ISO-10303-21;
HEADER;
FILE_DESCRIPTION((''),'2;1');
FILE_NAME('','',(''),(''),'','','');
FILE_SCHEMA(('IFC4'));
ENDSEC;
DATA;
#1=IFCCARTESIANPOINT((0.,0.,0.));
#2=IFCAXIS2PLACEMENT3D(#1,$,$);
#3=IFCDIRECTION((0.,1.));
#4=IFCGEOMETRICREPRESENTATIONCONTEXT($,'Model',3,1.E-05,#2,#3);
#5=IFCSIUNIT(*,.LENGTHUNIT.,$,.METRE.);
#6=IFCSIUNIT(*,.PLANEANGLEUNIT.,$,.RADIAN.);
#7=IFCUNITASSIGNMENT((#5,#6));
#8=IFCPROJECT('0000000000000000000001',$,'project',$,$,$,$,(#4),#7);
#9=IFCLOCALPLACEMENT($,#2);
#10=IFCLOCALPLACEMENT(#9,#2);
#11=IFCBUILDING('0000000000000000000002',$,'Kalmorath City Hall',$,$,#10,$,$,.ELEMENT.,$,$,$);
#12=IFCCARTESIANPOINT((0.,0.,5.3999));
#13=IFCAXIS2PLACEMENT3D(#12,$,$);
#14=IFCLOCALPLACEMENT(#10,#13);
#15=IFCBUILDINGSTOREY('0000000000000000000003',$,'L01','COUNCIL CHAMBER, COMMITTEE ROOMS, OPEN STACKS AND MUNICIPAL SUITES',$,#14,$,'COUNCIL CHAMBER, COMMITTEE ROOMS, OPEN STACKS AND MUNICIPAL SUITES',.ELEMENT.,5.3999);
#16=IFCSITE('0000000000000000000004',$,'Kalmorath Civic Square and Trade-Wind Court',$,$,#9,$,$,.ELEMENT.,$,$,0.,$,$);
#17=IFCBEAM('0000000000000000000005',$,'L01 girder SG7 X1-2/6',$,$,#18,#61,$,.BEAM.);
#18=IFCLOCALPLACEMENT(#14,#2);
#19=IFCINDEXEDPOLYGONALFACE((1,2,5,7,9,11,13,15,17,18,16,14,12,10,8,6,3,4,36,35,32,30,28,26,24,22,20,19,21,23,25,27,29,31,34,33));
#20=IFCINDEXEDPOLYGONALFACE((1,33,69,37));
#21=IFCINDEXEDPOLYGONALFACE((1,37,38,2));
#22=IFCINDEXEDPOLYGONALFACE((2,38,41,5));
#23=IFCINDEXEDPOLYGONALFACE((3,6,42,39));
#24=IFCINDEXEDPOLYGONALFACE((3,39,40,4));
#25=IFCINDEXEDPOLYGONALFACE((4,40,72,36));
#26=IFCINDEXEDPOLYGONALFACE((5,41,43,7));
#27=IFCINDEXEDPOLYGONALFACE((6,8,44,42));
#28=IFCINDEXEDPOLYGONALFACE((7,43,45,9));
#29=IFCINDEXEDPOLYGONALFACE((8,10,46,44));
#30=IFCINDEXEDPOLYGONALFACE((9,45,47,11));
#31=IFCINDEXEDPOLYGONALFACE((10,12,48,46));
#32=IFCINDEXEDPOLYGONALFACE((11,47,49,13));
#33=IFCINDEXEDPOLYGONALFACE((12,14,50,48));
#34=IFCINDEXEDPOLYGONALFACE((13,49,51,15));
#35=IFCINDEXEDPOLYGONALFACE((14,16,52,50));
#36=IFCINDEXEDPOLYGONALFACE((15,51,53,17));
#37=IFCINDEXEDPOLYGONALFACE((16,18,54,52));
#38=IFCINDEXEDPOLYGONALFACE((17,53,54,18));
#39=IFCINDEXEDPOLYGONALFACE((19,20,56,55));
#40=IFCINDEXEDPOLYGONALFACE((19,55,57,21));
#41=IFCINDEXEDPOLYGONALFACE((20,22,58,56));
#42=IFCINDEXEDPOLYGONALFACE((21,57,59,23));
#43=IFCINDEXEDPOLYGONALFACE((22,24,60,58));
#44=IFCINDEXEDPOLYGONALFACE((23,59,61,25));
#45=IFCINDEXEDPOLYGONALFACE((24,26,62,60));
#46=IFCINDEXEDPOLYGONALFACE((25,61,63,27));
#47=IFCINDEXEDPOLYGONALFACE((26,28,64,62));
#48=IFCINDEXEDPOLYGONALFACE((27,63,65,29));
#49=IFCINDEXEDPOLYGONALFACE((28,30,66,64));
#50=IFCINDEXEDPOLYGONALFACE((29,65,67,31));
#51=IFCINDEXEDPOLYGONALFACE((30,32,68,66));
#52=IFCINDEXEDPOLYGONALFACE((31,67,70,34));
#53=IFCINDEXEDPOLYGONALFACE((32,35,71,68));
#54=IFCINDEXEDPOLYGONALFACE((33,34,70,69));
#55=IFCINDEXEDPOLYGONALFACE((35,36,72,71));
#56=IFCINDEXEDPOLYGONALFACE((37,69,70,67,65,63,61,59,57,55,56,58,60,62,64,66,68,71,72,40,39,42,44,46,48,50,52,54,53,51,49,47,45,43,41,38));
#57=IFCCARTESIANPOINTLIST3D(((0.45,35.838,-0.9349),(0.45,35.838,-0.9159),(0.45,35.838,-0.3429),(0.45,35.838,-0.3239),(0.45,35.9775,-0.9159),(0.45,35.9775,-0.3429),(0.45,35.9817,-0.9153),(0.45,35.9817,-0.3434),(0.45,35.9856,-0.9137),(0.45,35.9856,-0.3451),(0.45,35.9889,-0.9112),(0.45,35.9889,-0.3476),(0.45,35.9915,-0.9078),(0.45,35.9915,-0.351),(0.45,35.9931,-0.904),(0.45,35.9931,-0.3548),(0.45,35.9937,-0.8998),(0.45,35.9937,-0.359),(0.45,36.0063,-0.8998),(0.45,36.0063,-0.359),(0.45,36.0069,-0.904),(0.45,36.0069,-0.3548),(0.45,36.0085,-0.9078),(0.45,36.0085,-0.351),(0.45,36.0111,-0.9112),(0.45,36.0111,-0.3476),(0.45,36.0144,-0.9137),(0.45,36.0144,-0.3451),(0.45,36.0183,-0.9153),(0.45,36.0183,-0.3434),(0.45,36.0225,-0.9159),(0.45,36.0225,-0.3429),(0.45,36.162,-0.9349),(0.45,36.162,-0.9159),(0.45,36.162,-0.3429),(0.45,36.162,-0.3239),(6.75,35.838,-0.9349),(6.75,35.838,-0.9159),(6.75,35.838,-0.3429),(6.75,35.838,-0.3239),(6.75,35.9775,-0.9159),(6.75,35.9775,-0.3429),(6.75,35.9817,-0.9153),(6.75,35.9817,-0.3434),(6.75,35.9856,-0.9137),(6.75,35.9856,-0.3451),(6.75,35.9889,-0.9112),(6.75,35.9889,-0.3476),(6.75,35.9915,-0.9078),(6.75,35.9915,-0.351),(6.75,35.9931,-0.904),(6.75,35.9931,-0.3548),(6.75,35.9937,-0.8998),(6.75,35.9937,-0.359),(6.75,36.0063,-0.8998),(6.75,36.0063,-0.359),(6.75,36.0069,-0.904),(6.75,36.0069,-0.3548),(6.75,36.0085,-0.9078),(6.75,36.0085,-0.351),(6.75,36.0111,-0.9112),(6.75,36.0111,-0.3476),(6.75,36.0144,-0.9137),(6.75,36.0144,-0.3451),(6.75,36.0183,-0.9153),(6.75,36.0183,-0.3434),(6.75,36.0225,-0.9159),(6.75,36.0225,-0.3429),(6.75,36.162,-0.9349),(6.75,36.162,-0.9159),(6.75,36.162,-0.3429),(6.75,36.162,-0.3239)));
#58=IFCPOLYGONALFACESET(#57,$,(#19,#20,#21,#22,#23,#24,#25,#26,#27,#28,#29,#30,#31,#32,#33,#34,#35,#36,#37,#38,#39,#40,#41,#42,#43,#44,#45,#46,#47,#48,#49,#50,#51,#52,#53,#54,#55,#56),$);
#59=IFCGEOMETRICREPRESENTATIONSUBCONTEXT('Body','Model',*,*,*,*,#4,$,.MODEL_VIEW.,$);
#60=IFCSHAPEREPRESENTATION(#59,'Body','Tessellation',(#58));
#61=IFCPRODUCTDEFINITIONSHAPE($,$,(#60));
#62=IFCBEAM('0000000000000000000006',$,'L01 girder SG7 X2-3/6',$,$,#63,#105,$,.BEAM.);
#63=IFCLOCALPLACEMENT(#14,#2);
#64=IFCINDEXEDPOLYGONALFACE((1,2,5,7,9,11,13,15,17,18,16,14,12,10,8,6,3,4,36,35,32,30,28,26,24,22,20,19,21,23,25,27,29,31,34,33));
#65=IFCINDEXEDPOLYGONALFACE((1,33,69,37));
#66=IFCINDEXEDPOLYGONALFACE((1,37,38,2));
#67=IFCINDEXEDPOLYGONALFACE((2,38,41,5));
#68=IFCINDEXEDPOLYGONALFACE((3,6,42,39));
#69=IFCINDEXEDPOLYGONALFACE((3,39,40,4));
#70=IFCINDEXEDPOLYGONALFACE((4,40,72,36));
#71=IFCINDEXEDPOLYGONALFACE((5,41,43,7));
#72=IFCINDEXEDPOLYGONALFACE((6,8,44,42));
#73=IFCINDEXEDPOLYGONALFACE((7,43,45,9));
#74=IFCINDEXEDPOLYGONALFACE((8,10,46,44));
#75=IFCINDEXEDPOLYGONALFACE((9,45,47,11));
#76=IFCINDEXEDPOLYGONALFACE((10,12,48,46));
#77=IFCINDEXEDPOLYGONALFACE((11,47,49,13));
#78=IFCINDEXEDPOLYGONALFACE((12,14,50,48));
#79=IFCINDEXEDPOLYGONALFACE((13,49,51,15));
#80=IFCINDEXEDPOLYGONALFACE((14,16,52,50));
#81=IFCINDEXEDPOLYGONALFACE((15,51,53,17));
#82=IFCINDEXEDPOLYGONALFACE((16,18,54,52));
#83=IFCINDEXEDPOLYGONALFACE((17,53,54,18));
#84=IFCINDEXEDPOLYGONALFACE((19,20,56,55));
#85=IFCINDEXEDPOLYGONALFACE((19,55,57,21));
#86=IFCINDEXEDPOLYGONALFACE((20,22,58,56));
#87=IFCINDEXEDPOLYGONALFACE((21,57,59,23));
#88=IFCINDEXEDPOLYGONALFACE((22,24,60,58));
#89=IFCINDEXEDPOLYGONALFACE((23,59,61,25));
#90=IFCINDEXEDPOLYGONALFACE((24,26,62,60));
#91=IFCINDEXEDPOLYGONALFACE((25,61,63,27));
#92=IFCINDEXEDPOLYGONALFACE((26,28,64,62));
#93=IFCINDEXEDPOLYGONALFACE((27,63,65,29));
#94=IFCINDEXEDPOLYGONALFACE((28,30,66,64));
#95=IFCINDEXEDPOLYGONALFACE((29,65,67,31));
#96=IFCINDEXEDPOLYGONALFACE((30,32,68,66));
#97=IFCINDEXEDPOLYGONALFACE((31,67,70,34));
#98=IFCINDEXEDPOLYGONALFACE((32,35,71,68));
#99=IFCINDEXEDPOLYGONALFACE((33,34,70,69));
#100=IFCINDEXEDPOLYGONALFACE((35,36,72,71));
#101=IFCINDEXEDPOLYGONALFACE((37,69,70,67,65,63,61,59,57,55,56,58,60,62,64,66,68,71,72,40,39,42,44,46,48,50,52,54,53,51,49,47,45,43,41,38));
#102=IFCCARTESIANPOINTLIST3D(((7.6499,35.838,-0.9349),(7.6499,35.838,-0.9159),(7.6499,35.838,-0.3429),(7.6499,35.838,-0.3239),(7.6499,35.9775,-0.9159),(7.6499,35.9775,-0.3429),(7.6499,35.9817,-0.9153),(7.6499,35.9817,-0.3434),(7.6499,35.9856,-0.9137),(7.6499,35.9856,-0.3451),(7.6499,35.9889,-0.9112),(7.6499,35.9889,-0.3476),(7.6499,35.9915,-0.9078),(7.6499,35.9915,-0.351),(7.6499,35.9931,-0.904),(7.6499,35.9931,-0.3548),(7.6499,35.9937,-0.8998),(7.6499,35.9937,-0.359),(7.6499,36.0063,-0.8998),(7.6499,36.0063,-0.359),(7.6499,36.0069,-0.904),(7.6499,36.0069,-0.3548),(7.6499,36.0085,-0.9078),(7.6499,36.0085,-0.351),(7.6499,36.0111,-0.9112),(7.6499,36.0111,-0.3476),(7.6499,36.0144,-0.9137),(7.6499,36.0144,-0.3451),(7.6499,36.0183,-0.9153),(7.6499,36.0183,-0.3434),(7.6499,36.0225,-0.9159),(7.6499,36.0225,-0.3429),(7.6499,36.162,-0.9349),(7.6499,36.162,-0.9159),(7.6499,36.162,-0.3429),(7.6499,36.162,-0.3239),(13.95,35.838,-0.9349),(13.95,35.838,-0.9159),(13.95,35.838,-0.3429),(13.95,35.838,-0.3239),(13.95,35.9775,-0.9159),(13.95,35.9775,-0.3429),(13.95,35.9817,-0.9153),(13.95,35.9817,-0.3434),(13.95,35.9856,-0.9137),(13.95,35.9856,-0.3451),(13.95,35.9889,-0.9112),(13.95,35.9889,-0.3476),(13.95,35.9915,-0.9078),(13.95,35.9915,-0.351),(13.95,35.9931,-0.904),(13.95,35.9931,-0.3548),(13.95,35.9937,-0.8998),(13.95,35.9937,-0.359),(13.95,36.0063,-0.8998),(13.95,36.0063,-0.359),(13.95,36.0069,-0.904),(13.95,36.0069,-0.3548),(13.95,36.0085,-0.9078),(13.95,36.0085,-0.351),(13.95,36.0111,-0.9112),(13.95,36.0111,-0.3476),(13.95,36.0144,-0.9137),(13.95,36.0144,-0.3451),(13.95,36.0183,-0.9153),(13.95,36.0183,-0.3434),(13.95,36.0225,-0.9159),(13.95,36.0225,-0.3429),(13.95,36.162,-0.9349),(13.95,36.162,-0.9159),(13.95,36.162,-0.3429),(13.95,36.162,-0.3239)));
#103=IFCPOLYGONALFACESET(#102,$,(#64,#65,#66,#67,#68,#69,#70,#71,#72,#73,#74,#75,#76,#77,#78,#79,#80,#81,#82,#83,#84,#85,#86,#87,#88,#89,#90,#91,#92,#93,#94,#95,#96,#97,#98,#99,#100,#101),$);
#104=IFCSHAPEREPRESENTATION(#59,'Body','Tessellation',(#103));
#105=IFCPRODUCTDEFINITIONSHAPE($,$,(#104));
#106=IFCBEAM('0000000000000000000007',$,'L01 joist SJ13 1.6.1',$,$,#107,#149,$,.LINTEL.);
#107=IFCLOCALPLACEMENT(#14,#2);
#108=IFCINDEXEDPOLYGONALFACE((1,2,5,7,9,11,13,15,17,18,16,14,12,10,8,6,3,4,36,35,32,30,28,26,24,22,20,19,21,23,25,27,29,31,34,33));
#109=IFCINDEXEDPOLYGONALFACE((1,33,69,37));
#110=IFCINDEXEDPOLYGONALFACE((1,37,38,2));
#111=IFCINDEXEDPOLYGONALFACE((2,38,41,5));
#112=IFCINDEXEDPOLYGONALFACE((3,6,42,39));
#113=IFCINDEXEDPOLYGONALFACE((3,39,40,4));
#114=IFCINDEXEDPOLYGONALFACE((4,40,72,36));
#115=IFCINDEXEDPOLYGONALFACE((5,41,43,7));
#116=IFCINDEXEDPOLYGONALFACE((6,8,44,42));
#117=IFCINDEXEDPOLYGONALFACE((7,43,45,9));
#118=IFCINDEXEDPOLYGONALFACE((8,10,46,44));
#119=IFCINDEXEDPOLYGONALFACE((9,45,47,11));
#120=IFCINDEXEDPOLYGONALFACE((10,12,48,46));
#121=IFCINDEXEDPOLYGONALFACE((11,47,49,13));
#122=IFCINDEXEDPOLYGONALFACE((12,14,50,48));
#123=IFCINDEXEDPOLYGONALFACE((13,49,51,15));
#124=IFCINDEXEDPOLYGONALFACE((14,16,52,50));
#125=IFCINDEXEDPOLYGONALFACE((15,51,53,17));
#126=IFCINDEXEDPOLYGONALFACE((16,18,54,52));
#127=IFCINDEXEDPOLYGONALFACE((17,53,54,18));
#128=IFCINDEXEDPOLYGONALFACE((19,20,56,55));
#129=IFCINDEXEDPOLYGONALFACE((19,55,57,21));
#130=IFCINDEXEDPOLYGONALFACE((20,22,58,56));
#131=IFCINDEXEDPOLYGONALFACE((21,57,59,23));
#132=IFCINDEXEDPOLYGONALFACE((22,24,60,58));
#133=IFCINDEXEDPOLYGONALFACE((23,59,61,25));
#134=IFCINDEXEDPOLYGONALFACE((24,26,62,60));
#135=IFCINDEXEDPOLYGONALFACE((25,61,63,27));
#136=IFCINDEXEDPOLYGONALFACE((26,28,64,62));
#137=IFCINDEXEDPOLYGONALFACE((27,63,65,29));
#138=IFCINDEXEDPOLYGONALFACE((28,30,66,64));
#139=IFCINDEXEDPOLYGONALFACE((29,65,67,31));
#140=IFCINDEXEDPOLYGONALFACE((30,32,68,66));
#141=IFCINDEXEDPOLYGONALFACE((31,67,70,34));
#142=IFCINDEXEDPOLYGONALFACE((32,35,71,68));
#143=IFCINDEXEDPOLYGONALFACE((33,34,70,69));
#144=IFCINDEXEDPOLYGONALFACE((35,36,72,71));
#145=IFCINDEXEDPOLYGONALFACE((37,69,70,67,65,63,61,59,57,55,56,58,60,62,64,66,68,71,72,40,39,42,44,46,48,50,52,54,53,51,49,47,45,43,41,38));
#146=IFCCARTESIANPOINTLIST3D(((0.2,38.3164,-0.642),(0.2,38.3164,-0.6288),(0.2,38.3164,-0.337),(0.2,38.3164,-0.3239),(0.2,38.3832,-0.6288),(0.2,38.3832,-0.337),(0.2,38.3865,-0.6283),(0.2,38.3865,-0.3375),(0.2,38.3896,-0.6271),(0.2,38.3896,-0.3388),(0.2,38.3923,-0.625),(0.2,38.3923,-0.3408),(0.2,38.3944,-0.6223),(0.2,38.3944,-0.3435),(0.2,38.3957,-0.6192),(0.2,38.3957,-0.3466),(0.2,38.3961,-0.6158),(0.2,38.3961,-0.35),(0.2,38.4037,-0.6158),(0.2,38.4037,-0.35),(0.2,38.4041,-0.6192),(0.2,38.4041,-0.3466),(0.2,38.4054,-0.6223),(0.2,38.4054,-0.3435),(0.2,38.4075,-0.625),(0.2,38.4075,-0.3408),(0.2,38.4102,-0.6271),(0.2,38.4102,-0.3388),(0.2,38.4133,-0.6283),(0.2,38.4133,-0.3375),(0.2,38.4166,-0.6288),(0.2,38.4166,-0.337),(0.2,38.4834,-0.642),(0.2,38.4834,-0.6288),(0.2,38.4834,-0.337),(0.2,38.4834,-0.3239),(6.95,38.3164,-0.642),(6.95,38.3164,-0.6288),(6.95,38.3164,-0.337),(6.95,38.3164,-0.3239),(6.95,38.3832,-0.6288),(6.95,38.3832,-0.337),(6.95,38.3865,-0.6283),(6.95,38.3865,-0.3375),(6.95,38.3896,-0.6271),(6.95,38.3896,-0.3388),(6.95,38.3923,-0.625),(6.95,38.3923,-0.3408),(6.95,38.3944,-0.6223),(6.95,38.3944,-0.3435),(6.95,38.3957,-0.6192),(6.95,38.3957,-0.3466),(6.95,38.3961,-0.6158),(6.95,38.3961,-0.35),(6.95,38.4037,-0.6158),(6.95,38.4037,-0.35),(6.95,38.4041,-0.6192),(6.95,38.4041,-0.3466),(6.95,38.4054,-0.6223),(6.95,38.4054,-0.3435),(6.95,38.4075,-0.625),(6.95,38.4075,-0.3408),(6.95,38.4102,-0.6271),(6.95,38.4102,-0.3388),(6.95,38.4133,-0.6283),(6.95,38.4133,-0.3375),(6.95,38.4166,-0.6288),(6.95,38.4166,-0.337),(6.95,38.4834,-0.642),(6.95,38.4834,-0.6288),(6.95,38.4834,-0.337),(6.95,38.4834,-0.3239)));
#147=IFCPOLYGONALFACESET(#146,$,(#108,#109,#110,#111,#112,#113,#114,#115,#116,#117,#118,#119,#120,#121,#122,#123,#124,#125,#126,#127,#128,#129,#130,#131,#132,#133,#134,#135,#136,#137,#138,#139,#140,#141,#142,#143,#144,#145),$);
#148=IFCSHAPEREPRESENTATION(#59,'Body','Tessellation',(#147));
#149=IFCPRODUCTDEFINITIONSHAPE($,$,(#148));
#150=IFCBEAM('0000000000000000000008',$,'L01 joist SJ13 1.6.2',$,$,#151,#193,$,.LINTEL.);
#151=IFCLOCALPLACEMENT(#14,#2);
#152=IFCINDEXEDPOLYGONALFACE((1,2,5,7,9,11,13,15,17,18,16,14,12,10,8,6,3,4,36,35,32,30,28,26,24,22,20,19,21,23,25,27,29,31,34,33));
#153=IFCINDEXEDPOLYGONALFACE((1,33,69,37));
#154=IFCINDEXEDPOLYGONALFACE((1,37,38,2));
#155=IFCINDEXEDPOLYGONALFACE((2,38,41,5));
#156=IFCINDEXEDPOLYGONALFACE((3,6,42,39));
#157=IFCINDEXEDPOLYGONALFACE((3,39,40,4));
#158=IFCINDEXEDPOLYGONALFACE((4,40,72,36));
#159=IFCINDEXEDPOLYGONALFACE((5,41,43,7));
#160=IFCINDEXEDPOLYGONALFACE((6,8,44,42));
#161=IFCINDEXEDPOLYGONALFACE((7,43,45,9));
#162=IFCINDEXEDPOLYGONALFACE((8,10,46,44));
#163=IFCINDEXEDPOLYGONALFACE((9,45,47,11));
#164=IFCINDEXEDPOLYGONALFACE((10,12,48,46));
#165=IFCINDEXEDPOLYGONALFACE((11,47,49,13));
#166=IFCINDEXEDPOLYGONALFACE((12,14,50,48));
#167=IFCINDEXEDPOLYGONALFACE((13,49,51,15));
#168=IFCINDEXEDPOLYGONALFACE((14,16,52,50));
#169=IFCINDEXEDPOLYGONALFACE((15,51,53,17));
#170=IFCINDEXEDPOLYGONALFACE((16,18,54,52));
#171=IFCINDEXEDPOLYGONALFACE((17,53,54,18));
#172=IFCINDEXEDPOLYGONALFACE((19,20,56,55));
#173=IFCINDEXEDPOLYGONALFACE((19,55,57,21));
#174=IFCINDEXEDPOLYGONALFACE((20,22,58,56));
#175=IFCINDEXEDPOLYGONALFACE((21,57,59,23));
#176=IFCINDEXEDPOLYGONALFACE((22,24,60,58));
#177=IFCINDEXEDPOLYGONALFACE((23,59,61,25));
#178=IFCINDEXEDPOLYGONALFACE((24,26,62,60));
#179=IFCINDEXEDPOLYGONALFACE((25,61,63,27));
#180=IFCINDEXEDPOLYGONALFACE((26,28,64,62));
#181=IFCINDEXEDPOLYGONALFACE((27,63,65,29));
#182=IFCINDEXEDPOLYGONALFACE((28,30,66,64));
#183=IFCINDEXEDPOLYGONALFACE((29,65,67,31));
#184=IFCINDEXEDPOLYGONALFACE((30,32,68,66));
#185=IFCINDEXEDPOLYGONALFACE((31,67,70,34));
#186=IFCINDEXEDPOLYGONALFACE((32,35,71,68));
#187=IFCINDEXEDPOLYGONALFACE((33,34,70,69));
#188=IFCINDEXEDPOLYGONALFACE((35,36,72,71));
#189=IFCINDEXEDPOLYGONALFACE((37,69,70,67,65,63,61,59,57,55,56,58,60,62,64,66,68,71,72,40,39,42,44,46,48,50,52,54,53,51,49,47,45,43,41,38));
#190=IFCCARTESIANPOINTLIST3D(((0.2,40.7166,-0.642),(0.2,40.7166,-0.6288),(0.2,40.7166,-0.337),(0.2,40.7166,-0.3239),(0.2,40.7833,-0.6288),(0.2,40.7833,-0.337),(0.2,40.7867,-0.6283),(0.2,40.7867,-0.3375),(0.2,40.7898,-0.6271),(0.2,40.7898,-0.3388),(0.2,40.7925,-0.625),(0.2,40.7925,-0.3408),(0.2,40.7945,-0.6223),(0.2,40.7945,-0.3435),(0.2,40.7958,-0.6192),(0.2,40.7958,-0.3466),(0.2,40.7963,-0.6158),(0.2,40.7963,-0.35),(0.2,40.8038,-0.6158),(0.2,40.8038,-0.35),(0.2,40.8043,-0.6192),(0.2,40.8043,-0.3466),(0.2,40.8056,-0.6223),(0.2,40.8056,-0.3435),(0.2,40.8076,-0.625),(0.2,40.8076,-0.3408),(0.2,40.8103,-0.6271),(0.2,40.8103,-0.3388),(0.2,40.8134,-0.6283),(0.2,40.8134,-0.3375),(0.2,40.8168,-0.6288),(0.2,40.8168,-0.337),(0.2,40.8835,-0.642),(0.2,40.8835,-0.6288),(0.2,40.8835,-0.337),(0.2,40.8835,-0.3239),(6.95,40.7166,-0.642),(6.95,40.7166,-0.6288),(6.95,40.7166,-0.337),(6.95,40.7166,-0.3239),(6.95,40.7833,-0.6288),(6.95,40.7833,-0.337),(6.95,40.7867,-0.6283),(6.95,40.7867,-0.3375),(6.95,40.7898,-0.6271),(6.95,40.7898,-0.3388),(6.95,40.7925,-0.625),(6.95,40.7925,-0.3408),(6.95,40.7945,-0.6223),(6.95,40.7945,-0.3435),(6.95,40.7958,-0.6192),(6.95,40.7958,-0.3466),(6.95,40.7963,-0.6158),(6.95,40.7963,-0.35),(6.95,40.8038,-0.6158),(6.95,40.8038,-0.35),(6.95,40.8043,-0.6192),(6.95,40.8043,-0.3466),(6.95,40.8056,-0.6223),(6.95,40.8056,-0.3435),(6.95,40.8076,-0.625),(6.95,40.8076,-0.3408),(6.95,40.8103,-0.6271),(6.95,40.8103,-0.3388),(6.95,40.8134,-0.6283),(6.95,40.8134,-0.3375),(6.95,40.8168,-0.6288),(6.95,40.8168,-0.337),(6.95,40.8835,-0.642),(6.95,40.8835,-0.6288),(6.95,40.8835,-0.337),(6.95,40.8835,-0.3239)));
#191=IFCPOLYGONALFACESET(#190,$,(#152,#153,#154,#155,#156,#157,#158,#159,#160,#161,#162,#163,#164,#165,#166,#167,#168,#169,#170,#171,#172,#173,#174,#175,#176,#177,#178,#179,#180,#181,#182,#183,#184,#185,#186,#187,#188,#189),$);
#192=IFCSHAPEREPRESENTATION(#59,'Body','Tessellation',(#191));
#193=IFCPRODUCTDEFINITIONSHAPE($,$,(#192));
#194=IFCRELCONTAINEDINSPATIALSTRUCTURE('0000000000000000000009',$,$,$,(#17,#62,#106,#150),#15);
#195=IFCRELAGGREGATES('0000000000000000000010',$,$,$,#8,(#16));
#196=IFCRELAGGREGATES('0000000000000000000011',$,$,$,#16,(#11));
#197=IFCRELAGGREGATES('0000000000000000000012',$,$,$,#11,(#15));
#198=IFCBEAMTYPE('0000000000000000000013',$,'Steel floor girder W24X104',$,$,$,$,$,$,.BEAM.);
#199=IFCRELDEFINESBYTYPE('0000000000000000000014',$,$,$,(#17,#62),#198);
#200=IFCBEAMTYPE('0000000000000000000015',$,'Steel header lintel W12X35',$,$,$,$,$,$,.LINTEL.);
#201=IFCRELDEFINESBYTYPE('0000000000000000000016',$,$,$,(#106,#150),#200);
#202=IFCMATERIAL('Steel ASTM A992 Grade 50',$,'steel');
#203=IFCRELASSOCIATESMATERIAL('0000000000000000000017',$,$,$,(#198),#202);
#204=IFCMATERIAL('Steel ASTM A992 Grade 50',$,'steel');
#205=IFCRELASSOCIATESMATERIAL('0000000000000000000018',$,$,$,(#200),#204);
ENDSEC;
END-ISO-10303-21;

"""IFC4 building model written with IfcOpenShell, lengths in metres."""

from ifc_helpers import new_model, si_unit, direction, frame, origin, origin_2d, place, context, subcontext, project, spatial, i_section, extrude, material, material_profile, profile_set, type_object, element, save


model = new_model("IFC4")

# Units and contexts
model_context = context("Model", 3, precision=1e-05, world=origin(), true_north=direction((0.0, 1.0)))
body_context = subcontext(model_context, "Body", "Model", "MODEL_VIEW")
ifc_project = project(units=[si_unit("LENGTHUNIT", "METRE"), si_unit("PLANEANGLEUNIT", "RADIAN")], contexts=[model_context])

# Site, building, storey
site_placement = place(None, origin())
site = spatial("IfcSite", under=ifc_project, at=site_placement, Name="Kalmorath Civic Square and Trade-Wind Court", CompositionType="ELEMENT", RefElevation=0.0)
building_placement = place(site_placement, origin())
building = spatial("IfcBuilding", under=site, at=building_placement, Name="Kalmorath City Hall", CompositionType="ELEMENT")
storey_placement = place(building_placement, frame((0.0, 0.0, 5.3999)))
storey = spatial("IfcBuildingStorey", under=building, at=storey_placement, Name="L01", Description="COUNCIL CHAMBER, COMMITTEE ROOMS, OPEN STACKS AND MUNICIPAL SUITES", LongName="COUNCIL CHAMBER, COMMITTEE ROOMS, OPEN STACKS AND MUNICIPAL SUITES", CompositionType="ELEMENT", Elevation=5.3999)

# Beams
ifc_material_1 = material(Name="Steel ASTM A992 Grade 50", Category="steel")
ifc_material_profile_1 = material_profile(ifc_material_1, i_section(OverallWidth=0.324, OverallDepth=0.6111, WebThickness=0.0127, FlangeThickness=0.019, FilletRadius=0.0161, at=origin_2d()), Name="W24X104")
ifc_profile_set_1 = profile_set([ifc_material_profile_1], Name="Steel ASTM A992 Grade 50")
beam_type_1 = type_object("IfcBeamType", Name="Steel floor girder W24X104", PredefinedType="BEAM", material=ifc_profile_set_1)
for number, where, z_axis, x_axis, name in (
    (1, (0.45, 36.0, -0.6294), (1.0, 0.0, 0.0), (0.0, 1.0, 0.0), "L01 girder SG7 X1-2/6"),
    (2, (7.6499, 36.0, -0.6294), (1.0, 0.0, 0.0), (0.0, 1.0, 0.0), "L01 girder SG7 X2-3/6"),
):
    element("IfcBeam", number, at=place(storey_placement, frame(where, z_axis=z_axis, x_axis=x_axis)), inside=storey, type_object=beam_type_1, Name=name, PredefinedType="BEAM", context=body_context, shape_type="SweptSolid", body=[
        extrude(i_section(OverallWidth=0.324, OverallDepth=0.6111, WebThickness=0.0127, FlangeThickness=0.019, FilletRadius=0.0161, at=origin_2d()), origin(), (0.0, 0.0, 1.0), 6.3),
    ])
ifc_material_2 = material(Name="Steel ASTM A992 Grade 50", Category="steel")
ifc_material_profile_2 = material_profile(ifc_material_2, i_section(OverallWidth=0.167, OverallDepth=0.3181, WebThickness=0.0076, FlangeThickness=0.0132, FilletRadius=0.0129, at=origin_2d()), Name="W12X35")
ifc_profile_set_2 = profile_set([ifc_material_profile_2], Name="Steel ASTM A992 Grade 50")
beam_type_2 = type_object("IfcBeamType", Name="Steel header lintel W12X35", PredefinedType="LINTEL", material=ifc_profile_set_2)
for number, where, z_axis, x_axis, name in (
    (3, (0.2, 38.3999, -0.4829), (1.0, 0.0, 0.0), (0.0, 1.0, 0.0), "L01 joist SJ13 1.6.1"),
    (4, (0.2, 40.8, -0.4829), (1.0, 0.0, 0.0), (0.0, 1.0, 0.0), "L01 joist SJ13 1.6.2"),
):
    element("IfcBeam", number, at=place(storey_placement, frame(where, z_axis=z_axis, x_axis=x_axis)), inside=storey, type_object=beam_type_2, Name=name, PredefinedType="LINTEL", context=body_context, shape_type="SweptSolid", body=[
        extrude(i_section(OverallWidth=0.167, OverallDepth=0.3181, WebThickness=0.0076, FlangeThickness=0.0132, FilletRadius=0.0129, at=origin_2d()), origin(), (0.0, 0.0, 1.0), 6.75),
    ])

save(model, "model.ifc")
